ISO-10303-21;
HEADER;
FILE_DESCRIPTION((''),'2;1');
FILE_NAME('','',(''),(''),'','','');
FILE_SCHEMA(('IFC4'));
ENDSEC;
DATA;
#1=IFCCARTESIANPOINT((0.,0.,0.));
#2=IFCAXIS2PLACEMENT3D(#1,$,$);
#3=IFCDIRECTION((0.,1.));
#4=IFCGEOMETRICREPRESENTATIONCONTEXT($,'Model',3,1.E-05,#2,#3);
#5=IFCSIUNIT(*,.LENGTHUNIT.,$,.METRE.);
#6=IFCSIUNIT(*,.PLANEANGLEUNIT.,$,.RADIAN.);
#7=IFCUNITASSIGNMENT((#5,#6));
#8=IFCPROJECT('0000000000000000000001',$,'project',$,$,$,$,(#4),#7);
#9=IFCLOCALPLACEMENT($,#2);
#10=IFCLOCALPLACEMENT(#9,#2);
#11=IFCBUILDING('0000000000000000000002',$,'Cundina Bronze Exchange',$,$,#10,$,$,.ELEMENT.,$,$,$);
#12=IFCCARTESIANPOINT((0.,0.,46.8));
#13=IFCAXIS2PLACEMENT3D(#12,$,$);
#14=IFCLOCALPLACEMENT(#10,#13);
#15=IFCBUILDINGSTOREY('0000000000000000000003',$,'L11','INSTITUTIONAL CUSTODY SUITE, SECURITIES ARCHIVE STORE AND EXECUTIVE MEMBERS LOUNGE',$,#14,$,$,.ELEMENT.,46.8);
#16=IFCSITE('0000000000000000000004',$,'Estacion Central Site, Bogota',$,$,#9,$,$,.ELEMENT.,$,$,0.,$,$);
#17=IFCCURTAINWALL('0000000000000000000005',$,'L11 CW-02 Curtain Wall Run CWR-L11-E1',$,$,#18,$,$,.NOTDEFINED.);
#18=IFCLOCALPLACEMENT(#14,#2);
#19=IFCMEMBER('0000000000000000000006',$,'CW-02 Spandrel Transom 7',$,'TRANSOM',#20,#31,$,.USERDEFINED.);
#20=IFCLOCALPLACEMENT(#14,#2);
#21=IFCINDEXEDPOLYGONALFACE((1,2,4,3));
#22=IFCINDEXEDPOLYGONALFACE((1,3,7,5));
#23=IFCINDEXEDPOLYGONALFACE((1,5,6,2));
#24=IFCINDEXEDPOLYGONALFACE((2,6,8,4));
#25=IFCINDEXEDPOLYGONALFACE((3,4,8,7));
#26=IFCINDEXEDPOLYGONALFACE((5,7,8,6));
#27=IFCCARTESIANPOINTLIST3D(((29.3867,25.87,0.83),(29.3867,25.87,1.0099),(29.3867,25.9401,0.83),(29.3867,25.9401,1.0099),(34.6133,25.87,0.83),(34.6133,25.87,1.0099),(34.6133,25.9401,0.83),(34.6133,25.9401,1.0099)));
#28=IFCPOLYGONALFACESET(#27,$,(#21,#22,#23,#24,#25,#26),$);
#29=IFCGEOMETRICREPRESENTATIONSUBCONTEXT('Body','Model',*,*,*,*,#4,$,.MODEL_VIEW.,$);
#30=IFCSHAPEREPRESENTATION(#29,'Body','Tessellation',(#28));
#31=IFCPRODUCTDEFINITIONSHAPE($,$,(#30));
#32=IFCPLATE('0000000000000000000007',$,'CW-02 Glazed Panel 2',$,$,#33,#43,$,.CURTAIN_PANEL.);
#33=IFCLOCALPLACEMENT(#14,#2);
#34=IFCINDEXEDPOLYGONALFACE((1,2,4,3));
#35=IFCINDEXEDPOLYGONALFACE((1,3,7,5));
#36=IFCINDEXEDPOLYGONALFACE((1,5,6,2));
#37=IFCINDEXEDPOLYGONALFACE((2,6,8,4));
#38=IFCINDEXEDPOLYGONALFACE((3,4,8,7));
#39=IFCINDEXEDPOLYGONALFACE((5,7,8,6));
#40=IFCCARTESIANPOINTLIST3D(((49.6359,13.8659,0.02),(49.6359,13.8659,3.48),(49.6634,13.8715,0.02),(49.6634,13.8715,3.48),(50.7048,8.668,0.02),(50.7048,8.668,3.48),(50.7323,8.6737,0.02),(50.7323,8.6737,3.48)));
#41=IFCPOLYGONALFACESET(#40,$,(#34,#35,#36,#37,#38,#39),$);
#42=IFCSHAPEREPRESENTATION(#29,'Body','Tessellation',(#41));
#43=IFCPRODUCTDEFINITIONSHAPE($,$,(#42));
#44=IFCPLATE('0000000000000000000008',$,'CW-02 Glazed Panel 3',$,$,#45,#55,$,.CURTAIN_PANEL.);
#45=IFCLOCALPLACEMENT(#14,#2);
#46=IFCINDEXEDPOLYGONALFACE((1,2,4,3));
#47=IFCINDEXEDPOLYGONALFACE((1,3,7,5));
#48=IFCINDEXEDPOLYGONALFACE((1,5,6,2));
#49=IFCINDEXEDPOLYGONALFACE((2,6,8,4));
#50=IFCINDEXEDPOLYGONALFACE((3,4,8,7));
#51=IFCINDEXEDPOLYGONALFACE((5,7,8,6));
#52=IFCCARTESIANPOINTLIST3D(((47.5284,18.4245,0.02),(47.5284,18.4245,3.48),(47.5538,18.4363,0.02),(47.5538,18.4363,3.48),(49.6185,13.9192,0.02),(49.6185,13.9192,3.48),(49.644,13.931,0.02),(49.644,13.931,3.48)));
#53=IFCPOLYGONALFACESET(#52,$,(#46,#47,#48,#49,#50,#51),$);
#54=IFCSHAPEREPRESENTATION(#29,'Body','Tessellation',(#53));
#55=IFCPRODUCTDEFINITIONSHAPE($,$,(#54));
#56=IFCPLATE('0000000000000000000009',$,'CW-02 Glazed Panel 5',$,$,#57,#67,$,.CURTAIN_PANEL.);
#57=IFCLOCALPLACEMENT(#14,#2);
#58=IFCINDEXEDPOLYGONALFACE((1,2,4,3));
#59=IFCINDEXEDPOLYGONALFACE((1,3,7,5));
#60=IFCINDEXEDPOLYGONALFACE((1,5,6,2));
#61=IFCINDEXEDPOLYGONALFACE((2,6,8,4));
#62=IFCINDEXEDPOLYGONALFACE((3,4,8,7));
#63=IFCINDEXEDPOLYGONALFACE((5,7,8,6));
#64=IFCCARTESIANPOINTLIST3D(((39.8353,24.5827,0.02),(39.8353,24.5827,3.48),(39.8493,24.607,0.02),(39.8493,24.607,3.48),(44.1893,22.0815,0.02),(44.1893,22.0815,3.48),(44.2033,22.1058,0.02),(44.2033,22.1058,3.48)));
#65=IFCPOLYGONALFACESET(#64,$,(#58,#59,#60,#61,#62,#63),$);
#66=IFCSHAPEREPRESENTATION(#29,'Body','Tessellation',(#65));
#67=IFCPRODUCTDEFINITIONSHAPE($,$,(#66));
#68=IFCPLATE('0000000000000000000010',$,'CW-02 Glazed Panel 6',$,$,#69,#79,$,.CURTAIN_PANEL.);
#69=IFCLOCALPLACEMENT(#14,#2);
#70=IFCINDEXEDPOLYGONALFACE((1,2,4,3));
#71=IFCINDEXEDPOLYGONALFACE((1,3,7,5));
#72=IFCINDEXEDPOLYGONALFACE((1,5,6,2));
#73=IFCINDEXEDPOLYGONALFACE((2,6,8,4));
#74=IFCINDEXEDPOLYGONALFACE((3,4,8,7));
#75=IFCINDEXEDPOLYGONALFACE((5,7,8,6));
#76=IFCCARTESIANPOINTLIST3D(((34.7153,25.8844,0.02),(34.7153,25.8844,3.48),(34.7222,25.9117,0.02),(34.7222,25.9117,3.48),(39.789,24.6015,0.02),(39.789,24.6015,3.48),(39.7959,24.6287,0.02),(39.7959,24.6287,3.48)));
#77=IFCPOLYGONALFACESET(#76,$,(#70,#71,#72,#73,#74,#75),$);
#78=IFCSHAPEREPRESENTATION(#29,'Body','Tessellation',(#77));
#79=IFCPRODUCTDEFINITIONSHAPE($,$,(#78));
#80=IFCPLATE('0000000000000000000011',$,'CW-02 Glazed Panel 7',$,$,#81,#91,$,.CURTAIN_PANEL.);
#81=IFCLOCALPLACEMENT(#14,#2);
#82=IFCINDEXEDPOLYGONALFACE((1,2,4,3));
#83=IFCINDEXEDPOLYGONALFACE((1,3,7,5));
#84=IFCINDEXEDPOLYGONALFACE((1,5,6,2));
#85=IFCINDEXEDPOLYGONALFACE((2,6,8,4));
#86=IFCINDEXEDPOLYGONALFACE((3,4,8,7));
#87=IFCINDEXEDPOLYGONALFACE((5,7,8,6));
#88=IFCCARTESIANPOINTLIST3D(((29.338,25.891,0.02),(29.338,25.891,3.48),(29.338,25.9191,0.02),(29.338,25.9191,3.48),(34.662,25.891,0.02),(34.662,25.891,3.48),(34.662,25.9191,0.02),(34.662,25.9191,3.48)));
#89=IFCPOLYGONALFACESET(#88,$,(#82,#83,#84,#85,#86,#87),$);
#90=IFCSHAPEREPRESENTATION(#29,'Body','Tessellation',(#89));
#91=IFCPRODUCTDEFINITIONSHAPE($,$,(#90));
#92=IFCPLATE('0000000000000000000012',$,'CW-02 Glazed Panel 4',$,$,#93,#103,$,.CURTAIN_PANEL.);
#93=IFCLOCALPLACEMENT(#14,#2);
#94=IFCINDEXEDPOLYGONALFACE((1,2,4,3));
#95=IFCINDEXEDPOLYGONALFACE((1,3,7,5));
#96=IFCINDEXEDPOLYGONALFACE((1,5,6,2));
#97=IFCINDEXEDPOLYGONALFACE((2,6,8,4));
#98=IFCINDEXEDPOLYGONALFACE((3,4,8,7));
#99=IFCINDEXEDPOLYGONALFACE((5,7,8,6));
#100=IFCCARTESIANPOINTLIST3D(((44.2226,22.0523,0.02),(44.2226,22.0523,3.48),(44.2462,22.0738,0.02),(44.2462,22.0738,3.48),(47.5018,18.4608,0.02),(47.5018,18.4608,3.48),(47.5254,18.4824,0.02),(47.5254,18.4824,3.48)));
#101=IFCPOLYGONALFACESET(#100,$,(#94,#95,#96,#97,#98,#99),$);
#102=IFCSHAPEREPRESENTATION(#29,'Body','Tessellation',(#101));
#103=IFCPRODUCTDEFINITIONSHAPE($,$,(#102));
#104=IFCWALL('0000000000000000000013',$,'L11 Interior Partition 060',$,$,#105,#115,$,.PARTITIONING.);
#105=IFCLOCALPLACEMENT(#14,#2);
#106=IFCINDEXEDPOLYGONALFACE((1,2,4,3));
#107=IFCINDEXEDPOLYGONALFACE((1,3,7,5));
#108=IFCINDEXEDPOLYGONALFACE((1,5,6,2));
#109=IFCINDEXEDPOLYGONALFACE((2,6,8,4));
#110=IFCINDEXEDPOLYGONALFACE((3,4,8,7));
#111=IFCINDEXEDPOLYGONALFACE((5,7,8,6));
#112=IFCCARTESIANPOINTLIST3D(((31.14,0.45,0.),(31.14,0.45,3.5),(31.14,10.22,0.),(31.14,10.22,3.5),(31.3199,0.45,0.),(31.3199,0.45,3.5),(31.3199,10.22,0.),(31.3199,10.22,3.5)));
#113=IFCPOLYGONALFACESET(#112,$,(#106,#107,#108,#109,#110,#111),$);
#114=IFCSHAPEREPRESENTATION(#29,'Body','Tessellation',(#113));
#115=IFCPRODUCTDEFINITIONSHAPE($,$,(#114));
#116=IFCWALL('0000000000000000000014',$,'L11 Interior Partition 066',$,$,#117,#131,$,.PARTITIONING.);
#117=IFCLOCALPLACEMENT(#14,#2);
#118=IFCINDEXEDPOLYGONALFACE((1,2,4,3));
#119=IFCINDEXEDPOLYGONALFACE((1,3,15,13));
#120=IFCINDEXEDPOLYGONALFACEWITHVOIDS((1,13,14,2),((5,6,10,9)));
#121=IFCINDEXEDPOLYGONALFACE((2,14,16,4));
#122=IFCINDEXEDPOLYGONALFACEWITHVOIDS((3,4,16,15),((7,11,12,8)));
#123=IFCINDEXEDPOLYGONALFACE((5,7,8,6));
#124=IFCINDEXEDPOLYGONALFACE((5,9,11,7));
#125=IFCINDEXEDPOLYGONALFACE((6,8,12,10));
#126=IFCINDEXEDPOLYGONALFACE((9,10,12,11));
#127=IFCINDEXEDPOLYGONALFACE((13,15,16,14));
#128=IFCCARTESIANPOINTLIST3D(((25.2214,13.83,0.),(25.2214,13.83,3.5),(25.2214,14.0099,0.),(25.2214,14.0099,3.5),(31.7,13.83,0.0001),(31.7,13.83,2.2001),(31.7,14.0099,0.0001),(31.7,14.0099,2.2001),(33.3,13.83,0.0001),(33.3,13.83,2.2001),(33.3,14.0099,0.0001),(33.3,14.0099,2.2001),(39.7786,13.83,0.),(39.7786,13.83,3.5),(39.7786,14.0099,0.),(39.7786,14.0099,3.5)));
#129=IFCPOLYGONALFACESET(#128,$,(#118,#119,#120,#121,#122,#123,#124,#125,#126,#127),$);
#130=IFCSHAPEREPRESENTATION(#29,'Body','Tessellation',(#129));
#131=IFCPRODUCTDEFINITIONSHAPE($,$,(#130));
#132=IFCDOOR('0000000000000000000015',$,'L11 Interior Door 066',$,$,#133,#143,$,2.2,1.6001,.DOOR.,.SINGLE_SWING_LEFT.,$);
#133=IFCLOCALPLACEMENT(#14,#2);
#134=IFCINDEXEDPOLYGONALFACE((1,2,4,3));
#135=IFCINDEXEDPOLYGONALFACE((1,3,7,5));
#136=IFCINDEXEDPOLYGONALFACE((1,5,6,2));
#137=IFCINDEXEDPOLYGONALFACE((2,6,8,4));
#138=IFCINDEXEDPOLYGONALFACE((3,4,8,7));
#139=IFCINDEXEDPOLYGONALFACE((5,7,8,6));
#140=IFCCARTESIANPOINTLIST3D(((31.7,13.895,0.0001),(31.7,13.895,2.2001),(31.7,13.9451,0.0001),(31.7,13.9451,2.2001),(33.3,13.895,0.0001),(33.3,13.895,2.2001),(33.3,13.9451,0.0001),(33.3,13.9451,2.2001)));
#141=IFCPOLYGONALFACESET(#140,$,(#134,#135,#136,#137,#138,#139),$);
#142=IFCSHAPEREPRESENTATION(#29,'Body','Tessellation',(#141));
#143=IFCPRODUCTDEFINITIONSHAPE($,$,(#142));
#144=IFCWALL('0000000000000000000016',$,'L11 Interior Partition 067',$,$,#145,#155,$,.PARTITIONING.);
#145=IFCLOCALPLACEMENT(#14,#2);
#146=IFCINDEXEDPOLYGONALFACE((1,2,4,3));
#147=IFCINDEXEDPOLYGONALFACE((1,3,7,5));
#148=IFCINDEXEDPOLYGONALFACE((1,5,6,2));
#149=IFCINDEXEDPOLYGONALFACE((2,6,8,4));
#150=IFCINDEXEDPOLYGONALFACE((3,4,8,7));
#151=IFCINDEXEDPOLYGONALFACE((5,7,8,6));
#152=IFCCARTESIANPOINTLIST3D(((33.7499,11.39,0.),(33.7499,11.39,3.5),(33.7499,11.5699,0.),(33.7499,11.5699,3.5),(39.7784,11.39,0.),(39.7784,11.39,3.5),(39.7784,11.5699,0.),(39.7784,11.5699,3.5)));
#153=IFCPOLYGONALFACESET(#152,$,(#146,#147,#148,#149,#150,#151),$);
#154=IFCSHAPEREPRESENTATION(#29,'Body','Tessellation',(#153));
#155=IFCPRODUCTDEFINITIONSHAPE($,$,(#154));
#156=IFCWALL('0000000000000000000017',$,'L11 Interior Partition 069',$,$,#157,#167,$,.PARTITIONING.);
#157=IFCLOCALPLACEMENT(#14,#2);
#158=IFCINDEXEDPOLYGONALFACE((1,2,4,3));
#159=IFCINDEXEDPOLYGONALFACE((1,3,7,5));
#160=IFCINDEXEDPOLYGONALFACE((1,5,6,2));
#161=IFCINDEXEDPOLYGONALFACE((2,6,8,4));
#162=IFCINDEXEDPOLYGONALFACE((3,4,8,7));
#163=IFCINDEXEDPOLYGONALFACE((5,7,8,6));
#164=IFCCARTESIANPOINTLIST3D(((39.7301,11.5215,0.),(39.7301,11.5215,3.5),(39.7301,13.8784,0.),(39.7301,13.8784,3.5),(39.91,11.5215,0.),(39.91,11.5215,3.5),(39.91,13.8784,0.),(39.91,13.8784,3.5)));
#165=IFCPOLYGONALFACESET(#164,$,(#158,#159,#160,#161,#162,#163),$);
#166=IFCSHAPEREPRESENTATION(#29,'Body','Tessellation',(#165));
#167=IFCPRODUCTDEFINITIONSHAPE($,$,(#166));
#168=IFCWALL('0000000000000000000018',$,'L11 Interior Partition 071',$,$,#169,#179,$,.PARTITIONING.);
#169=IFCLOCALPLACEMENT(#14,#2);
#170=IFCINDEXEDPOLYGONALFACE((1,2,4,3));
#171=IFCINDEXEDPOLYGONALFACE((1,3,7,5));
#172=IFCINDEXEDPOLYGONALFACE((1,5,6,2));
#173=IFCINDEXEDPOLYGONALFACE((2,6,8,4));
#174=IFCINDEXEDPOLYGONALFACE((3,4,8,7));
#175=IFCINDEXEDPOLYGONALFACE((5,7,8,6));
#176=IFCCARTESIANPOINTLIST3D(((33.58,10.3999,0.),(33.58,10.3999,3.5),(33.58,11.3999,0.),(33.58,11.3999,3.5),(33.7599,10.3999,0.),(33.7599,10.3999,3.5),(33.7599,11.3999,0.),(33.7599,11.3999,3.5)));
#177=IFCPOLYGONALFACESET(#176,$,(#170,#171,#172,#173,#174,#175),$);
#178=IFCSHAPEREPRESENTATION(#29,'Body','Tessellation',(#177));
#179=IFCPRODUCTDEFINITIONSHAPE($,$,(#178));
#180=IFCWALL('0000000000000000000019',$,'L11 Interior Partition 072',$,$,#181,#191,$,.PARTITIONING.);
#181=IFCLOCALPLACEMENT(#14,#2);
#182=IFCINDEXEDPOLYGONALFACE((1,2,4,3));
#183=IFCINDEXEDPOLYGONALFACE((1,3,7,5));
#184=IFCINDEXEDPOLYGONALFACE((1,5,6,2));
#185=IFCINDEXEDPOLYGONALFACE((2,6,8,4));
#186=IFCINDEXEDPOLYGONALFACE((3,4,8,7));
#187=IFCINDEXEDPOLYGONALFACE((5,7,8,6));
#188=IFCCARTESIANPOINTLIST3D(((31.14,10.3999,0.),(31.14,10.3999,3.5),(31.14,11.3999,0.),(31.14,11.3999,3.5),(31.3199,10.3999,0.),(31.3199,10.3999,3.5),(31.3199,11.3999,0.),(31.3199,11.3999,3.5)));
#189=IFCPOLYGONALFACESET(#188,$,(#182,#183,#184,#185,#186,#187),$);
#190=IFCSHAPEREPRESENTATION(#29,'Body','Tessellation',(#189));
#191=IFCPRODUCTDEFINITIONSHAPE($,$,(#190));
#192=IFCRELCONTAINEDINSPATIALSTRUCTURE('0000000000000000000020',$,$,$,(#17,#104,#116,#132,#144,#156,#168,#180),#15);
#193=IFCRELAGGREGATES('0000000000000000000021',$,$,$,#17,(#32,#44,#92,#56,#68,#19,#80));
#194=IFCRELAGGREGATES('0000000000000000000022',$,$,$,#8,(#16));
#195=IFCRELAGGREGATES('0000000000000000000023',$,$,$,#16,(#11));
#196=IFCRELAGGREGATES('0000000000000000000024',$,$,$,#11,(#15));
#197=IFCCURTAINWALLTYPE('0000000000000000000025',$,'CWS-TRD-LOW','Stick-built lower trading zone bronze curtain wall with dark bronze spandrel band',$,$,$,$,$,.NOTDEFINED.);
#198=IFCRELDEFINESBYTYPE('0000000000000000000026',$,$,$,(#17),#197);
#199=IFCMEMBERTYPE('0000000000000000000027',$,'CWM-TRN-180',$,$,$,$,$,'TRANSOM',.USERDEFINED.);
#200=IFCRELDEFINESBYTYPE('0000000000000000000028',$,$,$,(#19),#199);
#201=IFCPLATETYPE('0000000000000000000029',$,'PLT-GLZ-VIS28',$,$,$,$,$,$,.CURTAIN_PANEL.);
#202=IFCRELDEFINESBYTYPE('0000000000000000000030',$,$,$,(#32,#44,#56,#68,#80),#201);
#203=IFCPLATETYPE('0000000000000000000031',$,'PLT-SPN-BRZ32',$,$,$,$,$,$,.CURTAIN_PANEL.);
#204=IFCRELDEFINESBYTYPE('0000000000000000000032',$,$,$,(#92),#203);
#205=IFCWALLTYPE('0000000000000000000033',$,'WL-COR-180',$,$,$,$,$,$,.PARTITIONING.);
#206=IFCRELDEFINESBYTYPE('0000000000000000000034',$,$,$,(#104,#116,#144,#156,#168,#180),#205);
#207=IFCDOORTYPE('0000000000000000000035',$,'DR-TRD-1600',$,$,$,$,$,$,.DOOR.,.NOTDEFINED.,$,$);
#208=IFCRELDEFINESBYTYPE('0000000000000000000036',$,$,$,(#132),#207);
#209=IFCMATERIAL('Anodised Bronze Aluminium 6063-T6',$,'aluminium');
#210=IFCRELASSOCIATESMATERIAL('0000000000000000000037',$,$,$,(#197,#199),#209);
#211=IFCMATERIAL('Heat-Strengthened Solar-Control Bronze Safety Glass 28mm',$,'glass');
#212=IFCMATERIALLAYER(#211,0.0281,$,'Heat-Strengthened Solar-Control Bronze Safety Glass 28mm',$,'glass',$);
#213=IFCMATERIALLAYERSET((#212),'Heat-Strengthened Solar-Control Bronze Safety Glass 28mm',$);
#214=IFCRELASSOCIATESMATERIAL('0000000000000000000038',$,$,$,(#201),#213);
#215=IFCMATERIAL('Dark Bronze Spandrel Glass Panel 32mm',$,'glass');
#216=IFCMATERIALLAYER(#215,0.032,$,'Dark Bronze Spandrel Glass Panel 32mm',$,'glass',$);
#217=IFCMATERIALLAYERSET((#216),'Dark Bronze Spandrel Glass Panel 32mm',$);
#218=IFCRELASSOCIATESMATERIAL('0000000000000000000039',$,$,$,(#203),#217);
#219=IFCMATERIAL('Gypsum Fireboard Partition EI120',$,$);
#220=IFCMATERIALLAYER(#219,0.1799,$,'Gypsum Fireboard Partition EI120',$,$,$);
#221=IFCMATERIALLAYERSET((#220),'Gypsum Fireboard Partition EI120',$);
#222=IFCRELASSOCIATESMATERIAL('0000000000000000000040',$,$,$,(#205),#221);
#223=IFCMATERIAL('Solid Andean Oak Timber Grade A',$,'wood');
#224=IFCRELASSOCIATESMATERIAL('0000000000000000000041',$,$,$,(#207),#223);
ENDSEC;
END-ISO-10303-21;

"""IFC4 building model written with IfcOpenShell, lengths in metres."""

from ifc_helpers import new_model, si_unit, direction, frame, frame_2d, origin, origin_2d, place, context, subcontext, project, spatial, rectangle, extrude, material, layer, layer_set, material_profile, profile_set, type_object, element, fill, aggregate, save


model = new_model("IFC4")

# Units and contexts
model_context = context("Model", 3, precision=1e-05, world=origin(), true_north=direction((0.0, 1.0)))
body_context = subcontext(model_context, "Body", "Model", "MODEL_VIEW")
ifc_project = project(units=[si_unit("LENGTHUNIT", "METRE"), si_unit("PLANEANGLEUNIT", "RADIAN")], contexts=[model_context])

# Site, building, storey
site_placement = place(None, origin())
site = spatial("IfcSite", under=ifc_project, at=site_placement, Name="Estacion Central Site, Bogota", CompositionType="ELEMENT", RefElevation=0.0)
building_placement = place(site_placement, origin())
building = spatial("IfcBuilding", under=site, at=building_placement, Name="Cundina Bronze Exchange", CompositionType="ELEMENT")
storey_placement = place(building_placement, frame((0.0, 0.0, 46.8)))
storey = spatial("IfcBuildingStorey", under=building, at=storey_placement, Name="L11", Description="INSTITUTIONAL CUSTODY SUITE, SECURITIES ARCHIVE STORE AND EXECUTIVE MEMBERS LOUNGE", CompositionType="ELEMENT", Elevation=46.8)

# Curtain wall, member, plates
ifc_material_1 = material(Name="Anodised Bronze Aluminium 6063-T6", Category="aluminium")
curtain_wall_type = type_object("IfcCurtainWallType", Name="CWS-TRD-LOW", Description="Stick-built lower trading zone bronze curtain wall with dark bronze spandrel band", PredefinedType="NOTDEFINED", material=ifc_material_1)
curtain_wall_placement = place(storey_placement, origin())
curtain_wall = element("IfcCurtainWall", 1, at=curtain_wall_placement, inside=storey, type_object=curtain_wall_type, Name="L11 CW-02 Curtain Wall Run CWR-L11-E1", PredefinedType="NOTDEFINED")
ifc_material_profile_1 = material_profile(ifc_material_1, rectangle(XDim=0.0701, YDim=0.1799, at=origin_2d()), Name="AL70X180", Category="aluminium")
ifc_profile_set_1 = profile_set([ifc_material_profile_1], Name="Anodised Bronze Aluminium 6063-T6")
member_type_1 = type_object("IfcMemberType", Name="CWM-TRN-180", ElementType="TRANSOM", PredefinedType="USERDEFINED", material=ifc_profile_set_1)
member_1_placement = place(storey_placement, frame((34.6133, 25.905, 0.9199), z_axis=(-1.0, 0.0, 0.0), x_axis=(0.0, -1.0, 0.0)))
member_1 = element("IfcMember", 2, at=member_1_placement, type_object=member_type_1, Name="CW-02 Spandrel Transom 7", ObjectType="TRANSOM", PredefinedType="USERDEFINED", context=body_context, shape_type="SweptSolid", body=[
    extrude(rectangle(XDim=0.0701, YDim=0.1799, at=origin_2d()), origin(), (0.0, 0.0, 1.0), 5.2266),
])
ifc_material_2 = material(Name="Heat-Strengthened Solar-Control Bronze Safety Glass 28mm", Category="glass")
ifc_layer_1 = layer(ifc_material_2, 0.0281, Name="Heat-Strengthened Solar-Control Bronze Safety Glass 28mm", Category="glass")
ifc_layer_set_1 = layer_set([ifc_layer_1], Name="Heat-Strengthened Solar-Control Bronze Safety Glass 28mm")
plate_type_1 = type_object("IfcPlateType", Name="PLT-GLZ-VIS28", PredefinedType="CURTAIN_PANEL", material=ifc_layer_set_1)
plate_1_placement = place(storey_placement, frame((50.1841, 11.2698, 0.02), z_axis=(0.0, 0.0, 1.0), x_axis=(-0.20142, 0.979505, 0.0)))
plate_1 = element("IfcPlate", 3, at=plate_1_placement, type_object=plate_type_1, Name="CW-02 Glazed Panel 2", PredefinedType="CURTAIN_PANEL", context=body_context, shape_type="SweptSolid", body=[
    extrude(rectangle(XDim=5.3066, YDim=0.0281, at=origin_2d()), origin(), (0.0, 0.0, 1.0), 3.46),
])
plate_2_placement = place(storey_placement, frame((48.5862, 16.1777, 0.02), z_axis=(0.0, 0.0, 1.0), x_axis=(-0.420846, 0.907132, 0.0)))
plate_2 = element("IfcPlate", 4, at=plate_2_placement, type_object=plate_type_1, Name="CW-02 Glazed Panel 3", PredefinedType="CURTAIN_PANEL", context=body_context, shape_type="SweptSolid", body=[
    extrude(rectangle(XDim=4.9666, YDim=0.0281, at=origin_2d()), origin(), (0.0, 0.0, 1.0), 3.46),
])
plate_3_placement = place(storey_placement, frame((42.0193, 23.3442, 0.02), z_axis=(0.0, 0.0, 1.0), x_axis=(-0.867105, 0.498125, 0.0)))
plate_3 = element("IfcPlate", 5, at=plate_3_placement, type_object=plate_type_1, Name="CW-02 Glazed Panel 5", PredefinedType="CURTAIN_PANEL", context=body_context, shape_type="SweptSolid", body=[
    extrude(rectangle(XDim=5.0212, YDim=0.0281, at=origin_2d()), origin(), (0.0, 0.0, 1.0), 3.46),
])
plate_4_placement = place(storey_placement, frame((37.2556, 25.2566, 0.02), z_axis=(0.0, 0.0, 1.0), x_axis=(-0.969488, 0.245138, 0.0)))
plate_4 = element("IfcPlate", 6, at=plate_4_placement, type_object=plate_type_1, Name="CW-02 Glazed Panel 6", PredefinedType="CURTAIN_PANEL", context=body_context, shape_type="SweptSolid", body=[
    extrude(rectangle(XDim=5.2334, YDim=0.0281, at=origin_2d()), origin(), (0.0, 0.0, 1.0), 3.46),
])
plate_5_placement = place(storey_placement, frame((32.0, 25.905, 0.02), z_axis=(0.0, 0.0, 1.0), x_axis=(-1.0, 0.0, 0.0)))
plate_5 = element("IfcPlate", 7, at=plate_5_placement, type_object=plate_type_1, Name="CW-02 Glazed Panel 7", PredefinedType="CURTAIN_PANEL", context=body_context, shape_type="SweptSolid", body=[
    extrude(rectangle(XDim=5.324, YDim=0.0281, at=origin_2d()), origin(), (0.0, 0.0, 1.0), 3.46),
])
ifc_material_3 = material(Name="Dark Bronze Spandrel Glass Panel 32mm", Category="glass")
ifc_layer_2 = layer(ifc_material_3, 0.032, Name="Dark Bronze Spandrel Glass Panel 32mm", Category="glass")
ifc_layer_set_2 = layer_set([ifc_layer_2], Name="Dark Bronze Spandrel Glass Panel 32mm")
plate_type_2 = type_object("IfcPlateType", Name="PLT-SPN-BRZ32", PredefinedType="CURTAIN_PANEL", material=ifc_layer_set_2)
plate_6_placement = place(storey_placement, frame((45.874, 20.2673, 0.02), z_axis=(0.0, 0.0, 1.0), x_axis=(-0.674277, 0.738479, 0.0)))
plate_6 = element("IfcPlate", 8, at=plate_6_placement, type_object=plate_type_2, Name="CW-02 Glazed Panel 4", PredefinedType="CURTAIN_PANEL", context=body_context, shape_type="SweptSolid", body=[
    extrude(rectangle(XDim=4.8633, YDim=0.032, at=origin_2d()), origin(), (0.0, 0.0, 1.0), 3.46),
])
aggregate(curtain_wall, [plate_1, plate_2, plate_6, plate_3, plate_4, member_1, plate_5])

# Wall
ifc_material_4 = material(Name="Gypsum Fireboard Partition EI120")
ifc_layer_3 = layer(ifc_material_4, 0.1799, Name="Gypsum Fireboard Partition EI120")
ifc_layer_set_3 = layer_set([ifc_layer_3], Name="Gypsum Fireboard Partition EI120")
wall_type_1 = type_object("IfcWallType", Name="WL-COR-180", PredefinedType="PARTITIONING", material=ifc_layer_set_3)
wall_1_placement = place(storey_placement, frame((31.23, 10.22, 0.0), z_axis=(0.0, 0.0, 1.0), x_axis=(0.0, -1.0, 0.0)))
element("IfcWall", 9, at=wall_1_placement, inside=storey, type_object=wall_type_1, Name="L11 Interior Partition 060", PredefinedType="PARTITIONING", context=body_context, shape_type="SweptSolid", body=[
    extrude(rectangle(XDim=9.77, YDim=0.1799, at=frame_2d((4.885, 0.0))), origin(), (0.0, 0.0, 1.0), 3.5),
])

# Wall, opening, door
wall_2_placement = place(storey_placement, frame((39.7786, 13.9199, 0.0), z_axis=(0.0, 0.0, 1.0), x_axis=(-1.0, 0.0, 0.0)))
wall_2 = element("IfcWall", 10, at=wall_2_placement, inside=storey, type_object=wall_type_1, Name="L11 Interior Partition 066", PredefinedType="PARTITIONING", context=body_context, shape_type="SweptSolid", body=[
    extrude(rectangle(XDim=14.5571, YDim=0.1799, at=frame_2d((7.2786, 0.0))), origin(), (0.0, 0.0, 1.0), 3.5),
])
opening_placement = place(wall_2_placement, frame((6.4785, 0.0, 0.0)))
opening = element("IfcOpeningElement", 11, at=opening_placement, cuts=wall_2, PredefinedType="OPENING", context=body_context, shape_type="SweptSolid", body=[
    extrude(rectangle(XDim=1.6001, YDim=2.2, at=frame_2d((0.8, 1.1001))), frame((0.0, 0.0999, 0.0), z_axis=(0.0, -1.0, 0.0), x_axis=(1.0, 0.0, 0.0)), (0.0, 0.0, 1.0), 0.2),
])
ifc_material_5 = material(Name="Solid Andean Oak Timber Grade A", Category="wood")
door_type = type_object("IfcDoorType", Name="DR-TRD-1600", OperationType="NOTDEFINED", PredefinedType="DOOR", material=ifc_material_5)
door_placement = place(opening_placement, origin())
door = element("IfcDoor", 12, at=door_placement, inside=storey, type_object=door_type, Name="L11 Interior Door 066", OperationType="SINGLE_SWING_LEFT", OverallHeight=2.2, OverallWidth=1.6001, PredefinedType="DOOR", context=body_context, shape_type="SweptSolid", body=[
    extrude(rectangle(XDim=1.6001, YDim=2.2, at=frame_2d((0.8, 1.1001))), frame((0.0, 0.0249, 0.0), z_axis=(0.0, -1.0, 0.0), x_axis=(1.0, 0.0, 0.0)), (0.0, 0.0, 1.0), 0.05),
])
fill(opening, door)

# Walls
wall_3_placement = place(storey_placement, frame((33.75, 11.48, 0.0), z_axis=(0.0, 0.0, 1.0), x_axis=(1.0, 0.0, 0.0)))
element("IfcWall", 13, at=wall_3_placement, inside=storey, type_object=wall_type_1, Name="L11 Interior Partition 067", PredefinedType="PARTITIONING", context=body_context, shape_type="SweptSolid", body=[
    extrude(rectangle(XDim=6.0286, YDim=0.1799, at=frame_2d((3.0142, 0.0))), origin(), (0.0, 0.0, 1.0), 3.5),
])
wall_4_placement = place(storey_placement, frame((39.8201, 11.5215, 0.0), z_axis=(0.0, 0.0, 1.0), x_axis=(0.0, 1.0, 0.0)))
element("IfcWall", 14, at=wall_4_placement, inside=storey, type_object=wall_type_1, Name="L11 Interior Partition 069", PredefinedType="PARTITIONING", context=body_context, shape_type="SweptSolid", body=[
    extrude(rectangle(XDim=2.3569, YDim=0.1799, at=frame_2d((1.1785, 0.0))), origin(), (0.0, 0.0, 1.0), 3.5),
])
for number, where, z_axis, x_axis, name in (
    (15, (33.6699, 10.3999, 0.0), (0.0, 0.0, 1.0), (0.0, 1.0, 0.0), "L11 Interior Partition 071"),
    (16, (31.23, 11.3999, 0.0), (0.0, 0.0, 1.0), (0.0, -1.0, 0.0), "L11 Interior Partition 072"),
):
    element("IfcWall", number, at=place(storey_placement, frame(where, z_axis=z_axis, x_axis=x_axis)), inside=storey, type_object=wall_type_1, Name=name, PredefinedType="PARTITIONING", context=body_context, shape_type="SweptSolid", body=[
        extrude(rectangle(XDim=1.0, YDim=0.1799, at=frame_2d((0.5, 0.0))), origin(), (0.0, 0.0, 1.0), 3.5),
    ])

save(model, "model.ifc")
